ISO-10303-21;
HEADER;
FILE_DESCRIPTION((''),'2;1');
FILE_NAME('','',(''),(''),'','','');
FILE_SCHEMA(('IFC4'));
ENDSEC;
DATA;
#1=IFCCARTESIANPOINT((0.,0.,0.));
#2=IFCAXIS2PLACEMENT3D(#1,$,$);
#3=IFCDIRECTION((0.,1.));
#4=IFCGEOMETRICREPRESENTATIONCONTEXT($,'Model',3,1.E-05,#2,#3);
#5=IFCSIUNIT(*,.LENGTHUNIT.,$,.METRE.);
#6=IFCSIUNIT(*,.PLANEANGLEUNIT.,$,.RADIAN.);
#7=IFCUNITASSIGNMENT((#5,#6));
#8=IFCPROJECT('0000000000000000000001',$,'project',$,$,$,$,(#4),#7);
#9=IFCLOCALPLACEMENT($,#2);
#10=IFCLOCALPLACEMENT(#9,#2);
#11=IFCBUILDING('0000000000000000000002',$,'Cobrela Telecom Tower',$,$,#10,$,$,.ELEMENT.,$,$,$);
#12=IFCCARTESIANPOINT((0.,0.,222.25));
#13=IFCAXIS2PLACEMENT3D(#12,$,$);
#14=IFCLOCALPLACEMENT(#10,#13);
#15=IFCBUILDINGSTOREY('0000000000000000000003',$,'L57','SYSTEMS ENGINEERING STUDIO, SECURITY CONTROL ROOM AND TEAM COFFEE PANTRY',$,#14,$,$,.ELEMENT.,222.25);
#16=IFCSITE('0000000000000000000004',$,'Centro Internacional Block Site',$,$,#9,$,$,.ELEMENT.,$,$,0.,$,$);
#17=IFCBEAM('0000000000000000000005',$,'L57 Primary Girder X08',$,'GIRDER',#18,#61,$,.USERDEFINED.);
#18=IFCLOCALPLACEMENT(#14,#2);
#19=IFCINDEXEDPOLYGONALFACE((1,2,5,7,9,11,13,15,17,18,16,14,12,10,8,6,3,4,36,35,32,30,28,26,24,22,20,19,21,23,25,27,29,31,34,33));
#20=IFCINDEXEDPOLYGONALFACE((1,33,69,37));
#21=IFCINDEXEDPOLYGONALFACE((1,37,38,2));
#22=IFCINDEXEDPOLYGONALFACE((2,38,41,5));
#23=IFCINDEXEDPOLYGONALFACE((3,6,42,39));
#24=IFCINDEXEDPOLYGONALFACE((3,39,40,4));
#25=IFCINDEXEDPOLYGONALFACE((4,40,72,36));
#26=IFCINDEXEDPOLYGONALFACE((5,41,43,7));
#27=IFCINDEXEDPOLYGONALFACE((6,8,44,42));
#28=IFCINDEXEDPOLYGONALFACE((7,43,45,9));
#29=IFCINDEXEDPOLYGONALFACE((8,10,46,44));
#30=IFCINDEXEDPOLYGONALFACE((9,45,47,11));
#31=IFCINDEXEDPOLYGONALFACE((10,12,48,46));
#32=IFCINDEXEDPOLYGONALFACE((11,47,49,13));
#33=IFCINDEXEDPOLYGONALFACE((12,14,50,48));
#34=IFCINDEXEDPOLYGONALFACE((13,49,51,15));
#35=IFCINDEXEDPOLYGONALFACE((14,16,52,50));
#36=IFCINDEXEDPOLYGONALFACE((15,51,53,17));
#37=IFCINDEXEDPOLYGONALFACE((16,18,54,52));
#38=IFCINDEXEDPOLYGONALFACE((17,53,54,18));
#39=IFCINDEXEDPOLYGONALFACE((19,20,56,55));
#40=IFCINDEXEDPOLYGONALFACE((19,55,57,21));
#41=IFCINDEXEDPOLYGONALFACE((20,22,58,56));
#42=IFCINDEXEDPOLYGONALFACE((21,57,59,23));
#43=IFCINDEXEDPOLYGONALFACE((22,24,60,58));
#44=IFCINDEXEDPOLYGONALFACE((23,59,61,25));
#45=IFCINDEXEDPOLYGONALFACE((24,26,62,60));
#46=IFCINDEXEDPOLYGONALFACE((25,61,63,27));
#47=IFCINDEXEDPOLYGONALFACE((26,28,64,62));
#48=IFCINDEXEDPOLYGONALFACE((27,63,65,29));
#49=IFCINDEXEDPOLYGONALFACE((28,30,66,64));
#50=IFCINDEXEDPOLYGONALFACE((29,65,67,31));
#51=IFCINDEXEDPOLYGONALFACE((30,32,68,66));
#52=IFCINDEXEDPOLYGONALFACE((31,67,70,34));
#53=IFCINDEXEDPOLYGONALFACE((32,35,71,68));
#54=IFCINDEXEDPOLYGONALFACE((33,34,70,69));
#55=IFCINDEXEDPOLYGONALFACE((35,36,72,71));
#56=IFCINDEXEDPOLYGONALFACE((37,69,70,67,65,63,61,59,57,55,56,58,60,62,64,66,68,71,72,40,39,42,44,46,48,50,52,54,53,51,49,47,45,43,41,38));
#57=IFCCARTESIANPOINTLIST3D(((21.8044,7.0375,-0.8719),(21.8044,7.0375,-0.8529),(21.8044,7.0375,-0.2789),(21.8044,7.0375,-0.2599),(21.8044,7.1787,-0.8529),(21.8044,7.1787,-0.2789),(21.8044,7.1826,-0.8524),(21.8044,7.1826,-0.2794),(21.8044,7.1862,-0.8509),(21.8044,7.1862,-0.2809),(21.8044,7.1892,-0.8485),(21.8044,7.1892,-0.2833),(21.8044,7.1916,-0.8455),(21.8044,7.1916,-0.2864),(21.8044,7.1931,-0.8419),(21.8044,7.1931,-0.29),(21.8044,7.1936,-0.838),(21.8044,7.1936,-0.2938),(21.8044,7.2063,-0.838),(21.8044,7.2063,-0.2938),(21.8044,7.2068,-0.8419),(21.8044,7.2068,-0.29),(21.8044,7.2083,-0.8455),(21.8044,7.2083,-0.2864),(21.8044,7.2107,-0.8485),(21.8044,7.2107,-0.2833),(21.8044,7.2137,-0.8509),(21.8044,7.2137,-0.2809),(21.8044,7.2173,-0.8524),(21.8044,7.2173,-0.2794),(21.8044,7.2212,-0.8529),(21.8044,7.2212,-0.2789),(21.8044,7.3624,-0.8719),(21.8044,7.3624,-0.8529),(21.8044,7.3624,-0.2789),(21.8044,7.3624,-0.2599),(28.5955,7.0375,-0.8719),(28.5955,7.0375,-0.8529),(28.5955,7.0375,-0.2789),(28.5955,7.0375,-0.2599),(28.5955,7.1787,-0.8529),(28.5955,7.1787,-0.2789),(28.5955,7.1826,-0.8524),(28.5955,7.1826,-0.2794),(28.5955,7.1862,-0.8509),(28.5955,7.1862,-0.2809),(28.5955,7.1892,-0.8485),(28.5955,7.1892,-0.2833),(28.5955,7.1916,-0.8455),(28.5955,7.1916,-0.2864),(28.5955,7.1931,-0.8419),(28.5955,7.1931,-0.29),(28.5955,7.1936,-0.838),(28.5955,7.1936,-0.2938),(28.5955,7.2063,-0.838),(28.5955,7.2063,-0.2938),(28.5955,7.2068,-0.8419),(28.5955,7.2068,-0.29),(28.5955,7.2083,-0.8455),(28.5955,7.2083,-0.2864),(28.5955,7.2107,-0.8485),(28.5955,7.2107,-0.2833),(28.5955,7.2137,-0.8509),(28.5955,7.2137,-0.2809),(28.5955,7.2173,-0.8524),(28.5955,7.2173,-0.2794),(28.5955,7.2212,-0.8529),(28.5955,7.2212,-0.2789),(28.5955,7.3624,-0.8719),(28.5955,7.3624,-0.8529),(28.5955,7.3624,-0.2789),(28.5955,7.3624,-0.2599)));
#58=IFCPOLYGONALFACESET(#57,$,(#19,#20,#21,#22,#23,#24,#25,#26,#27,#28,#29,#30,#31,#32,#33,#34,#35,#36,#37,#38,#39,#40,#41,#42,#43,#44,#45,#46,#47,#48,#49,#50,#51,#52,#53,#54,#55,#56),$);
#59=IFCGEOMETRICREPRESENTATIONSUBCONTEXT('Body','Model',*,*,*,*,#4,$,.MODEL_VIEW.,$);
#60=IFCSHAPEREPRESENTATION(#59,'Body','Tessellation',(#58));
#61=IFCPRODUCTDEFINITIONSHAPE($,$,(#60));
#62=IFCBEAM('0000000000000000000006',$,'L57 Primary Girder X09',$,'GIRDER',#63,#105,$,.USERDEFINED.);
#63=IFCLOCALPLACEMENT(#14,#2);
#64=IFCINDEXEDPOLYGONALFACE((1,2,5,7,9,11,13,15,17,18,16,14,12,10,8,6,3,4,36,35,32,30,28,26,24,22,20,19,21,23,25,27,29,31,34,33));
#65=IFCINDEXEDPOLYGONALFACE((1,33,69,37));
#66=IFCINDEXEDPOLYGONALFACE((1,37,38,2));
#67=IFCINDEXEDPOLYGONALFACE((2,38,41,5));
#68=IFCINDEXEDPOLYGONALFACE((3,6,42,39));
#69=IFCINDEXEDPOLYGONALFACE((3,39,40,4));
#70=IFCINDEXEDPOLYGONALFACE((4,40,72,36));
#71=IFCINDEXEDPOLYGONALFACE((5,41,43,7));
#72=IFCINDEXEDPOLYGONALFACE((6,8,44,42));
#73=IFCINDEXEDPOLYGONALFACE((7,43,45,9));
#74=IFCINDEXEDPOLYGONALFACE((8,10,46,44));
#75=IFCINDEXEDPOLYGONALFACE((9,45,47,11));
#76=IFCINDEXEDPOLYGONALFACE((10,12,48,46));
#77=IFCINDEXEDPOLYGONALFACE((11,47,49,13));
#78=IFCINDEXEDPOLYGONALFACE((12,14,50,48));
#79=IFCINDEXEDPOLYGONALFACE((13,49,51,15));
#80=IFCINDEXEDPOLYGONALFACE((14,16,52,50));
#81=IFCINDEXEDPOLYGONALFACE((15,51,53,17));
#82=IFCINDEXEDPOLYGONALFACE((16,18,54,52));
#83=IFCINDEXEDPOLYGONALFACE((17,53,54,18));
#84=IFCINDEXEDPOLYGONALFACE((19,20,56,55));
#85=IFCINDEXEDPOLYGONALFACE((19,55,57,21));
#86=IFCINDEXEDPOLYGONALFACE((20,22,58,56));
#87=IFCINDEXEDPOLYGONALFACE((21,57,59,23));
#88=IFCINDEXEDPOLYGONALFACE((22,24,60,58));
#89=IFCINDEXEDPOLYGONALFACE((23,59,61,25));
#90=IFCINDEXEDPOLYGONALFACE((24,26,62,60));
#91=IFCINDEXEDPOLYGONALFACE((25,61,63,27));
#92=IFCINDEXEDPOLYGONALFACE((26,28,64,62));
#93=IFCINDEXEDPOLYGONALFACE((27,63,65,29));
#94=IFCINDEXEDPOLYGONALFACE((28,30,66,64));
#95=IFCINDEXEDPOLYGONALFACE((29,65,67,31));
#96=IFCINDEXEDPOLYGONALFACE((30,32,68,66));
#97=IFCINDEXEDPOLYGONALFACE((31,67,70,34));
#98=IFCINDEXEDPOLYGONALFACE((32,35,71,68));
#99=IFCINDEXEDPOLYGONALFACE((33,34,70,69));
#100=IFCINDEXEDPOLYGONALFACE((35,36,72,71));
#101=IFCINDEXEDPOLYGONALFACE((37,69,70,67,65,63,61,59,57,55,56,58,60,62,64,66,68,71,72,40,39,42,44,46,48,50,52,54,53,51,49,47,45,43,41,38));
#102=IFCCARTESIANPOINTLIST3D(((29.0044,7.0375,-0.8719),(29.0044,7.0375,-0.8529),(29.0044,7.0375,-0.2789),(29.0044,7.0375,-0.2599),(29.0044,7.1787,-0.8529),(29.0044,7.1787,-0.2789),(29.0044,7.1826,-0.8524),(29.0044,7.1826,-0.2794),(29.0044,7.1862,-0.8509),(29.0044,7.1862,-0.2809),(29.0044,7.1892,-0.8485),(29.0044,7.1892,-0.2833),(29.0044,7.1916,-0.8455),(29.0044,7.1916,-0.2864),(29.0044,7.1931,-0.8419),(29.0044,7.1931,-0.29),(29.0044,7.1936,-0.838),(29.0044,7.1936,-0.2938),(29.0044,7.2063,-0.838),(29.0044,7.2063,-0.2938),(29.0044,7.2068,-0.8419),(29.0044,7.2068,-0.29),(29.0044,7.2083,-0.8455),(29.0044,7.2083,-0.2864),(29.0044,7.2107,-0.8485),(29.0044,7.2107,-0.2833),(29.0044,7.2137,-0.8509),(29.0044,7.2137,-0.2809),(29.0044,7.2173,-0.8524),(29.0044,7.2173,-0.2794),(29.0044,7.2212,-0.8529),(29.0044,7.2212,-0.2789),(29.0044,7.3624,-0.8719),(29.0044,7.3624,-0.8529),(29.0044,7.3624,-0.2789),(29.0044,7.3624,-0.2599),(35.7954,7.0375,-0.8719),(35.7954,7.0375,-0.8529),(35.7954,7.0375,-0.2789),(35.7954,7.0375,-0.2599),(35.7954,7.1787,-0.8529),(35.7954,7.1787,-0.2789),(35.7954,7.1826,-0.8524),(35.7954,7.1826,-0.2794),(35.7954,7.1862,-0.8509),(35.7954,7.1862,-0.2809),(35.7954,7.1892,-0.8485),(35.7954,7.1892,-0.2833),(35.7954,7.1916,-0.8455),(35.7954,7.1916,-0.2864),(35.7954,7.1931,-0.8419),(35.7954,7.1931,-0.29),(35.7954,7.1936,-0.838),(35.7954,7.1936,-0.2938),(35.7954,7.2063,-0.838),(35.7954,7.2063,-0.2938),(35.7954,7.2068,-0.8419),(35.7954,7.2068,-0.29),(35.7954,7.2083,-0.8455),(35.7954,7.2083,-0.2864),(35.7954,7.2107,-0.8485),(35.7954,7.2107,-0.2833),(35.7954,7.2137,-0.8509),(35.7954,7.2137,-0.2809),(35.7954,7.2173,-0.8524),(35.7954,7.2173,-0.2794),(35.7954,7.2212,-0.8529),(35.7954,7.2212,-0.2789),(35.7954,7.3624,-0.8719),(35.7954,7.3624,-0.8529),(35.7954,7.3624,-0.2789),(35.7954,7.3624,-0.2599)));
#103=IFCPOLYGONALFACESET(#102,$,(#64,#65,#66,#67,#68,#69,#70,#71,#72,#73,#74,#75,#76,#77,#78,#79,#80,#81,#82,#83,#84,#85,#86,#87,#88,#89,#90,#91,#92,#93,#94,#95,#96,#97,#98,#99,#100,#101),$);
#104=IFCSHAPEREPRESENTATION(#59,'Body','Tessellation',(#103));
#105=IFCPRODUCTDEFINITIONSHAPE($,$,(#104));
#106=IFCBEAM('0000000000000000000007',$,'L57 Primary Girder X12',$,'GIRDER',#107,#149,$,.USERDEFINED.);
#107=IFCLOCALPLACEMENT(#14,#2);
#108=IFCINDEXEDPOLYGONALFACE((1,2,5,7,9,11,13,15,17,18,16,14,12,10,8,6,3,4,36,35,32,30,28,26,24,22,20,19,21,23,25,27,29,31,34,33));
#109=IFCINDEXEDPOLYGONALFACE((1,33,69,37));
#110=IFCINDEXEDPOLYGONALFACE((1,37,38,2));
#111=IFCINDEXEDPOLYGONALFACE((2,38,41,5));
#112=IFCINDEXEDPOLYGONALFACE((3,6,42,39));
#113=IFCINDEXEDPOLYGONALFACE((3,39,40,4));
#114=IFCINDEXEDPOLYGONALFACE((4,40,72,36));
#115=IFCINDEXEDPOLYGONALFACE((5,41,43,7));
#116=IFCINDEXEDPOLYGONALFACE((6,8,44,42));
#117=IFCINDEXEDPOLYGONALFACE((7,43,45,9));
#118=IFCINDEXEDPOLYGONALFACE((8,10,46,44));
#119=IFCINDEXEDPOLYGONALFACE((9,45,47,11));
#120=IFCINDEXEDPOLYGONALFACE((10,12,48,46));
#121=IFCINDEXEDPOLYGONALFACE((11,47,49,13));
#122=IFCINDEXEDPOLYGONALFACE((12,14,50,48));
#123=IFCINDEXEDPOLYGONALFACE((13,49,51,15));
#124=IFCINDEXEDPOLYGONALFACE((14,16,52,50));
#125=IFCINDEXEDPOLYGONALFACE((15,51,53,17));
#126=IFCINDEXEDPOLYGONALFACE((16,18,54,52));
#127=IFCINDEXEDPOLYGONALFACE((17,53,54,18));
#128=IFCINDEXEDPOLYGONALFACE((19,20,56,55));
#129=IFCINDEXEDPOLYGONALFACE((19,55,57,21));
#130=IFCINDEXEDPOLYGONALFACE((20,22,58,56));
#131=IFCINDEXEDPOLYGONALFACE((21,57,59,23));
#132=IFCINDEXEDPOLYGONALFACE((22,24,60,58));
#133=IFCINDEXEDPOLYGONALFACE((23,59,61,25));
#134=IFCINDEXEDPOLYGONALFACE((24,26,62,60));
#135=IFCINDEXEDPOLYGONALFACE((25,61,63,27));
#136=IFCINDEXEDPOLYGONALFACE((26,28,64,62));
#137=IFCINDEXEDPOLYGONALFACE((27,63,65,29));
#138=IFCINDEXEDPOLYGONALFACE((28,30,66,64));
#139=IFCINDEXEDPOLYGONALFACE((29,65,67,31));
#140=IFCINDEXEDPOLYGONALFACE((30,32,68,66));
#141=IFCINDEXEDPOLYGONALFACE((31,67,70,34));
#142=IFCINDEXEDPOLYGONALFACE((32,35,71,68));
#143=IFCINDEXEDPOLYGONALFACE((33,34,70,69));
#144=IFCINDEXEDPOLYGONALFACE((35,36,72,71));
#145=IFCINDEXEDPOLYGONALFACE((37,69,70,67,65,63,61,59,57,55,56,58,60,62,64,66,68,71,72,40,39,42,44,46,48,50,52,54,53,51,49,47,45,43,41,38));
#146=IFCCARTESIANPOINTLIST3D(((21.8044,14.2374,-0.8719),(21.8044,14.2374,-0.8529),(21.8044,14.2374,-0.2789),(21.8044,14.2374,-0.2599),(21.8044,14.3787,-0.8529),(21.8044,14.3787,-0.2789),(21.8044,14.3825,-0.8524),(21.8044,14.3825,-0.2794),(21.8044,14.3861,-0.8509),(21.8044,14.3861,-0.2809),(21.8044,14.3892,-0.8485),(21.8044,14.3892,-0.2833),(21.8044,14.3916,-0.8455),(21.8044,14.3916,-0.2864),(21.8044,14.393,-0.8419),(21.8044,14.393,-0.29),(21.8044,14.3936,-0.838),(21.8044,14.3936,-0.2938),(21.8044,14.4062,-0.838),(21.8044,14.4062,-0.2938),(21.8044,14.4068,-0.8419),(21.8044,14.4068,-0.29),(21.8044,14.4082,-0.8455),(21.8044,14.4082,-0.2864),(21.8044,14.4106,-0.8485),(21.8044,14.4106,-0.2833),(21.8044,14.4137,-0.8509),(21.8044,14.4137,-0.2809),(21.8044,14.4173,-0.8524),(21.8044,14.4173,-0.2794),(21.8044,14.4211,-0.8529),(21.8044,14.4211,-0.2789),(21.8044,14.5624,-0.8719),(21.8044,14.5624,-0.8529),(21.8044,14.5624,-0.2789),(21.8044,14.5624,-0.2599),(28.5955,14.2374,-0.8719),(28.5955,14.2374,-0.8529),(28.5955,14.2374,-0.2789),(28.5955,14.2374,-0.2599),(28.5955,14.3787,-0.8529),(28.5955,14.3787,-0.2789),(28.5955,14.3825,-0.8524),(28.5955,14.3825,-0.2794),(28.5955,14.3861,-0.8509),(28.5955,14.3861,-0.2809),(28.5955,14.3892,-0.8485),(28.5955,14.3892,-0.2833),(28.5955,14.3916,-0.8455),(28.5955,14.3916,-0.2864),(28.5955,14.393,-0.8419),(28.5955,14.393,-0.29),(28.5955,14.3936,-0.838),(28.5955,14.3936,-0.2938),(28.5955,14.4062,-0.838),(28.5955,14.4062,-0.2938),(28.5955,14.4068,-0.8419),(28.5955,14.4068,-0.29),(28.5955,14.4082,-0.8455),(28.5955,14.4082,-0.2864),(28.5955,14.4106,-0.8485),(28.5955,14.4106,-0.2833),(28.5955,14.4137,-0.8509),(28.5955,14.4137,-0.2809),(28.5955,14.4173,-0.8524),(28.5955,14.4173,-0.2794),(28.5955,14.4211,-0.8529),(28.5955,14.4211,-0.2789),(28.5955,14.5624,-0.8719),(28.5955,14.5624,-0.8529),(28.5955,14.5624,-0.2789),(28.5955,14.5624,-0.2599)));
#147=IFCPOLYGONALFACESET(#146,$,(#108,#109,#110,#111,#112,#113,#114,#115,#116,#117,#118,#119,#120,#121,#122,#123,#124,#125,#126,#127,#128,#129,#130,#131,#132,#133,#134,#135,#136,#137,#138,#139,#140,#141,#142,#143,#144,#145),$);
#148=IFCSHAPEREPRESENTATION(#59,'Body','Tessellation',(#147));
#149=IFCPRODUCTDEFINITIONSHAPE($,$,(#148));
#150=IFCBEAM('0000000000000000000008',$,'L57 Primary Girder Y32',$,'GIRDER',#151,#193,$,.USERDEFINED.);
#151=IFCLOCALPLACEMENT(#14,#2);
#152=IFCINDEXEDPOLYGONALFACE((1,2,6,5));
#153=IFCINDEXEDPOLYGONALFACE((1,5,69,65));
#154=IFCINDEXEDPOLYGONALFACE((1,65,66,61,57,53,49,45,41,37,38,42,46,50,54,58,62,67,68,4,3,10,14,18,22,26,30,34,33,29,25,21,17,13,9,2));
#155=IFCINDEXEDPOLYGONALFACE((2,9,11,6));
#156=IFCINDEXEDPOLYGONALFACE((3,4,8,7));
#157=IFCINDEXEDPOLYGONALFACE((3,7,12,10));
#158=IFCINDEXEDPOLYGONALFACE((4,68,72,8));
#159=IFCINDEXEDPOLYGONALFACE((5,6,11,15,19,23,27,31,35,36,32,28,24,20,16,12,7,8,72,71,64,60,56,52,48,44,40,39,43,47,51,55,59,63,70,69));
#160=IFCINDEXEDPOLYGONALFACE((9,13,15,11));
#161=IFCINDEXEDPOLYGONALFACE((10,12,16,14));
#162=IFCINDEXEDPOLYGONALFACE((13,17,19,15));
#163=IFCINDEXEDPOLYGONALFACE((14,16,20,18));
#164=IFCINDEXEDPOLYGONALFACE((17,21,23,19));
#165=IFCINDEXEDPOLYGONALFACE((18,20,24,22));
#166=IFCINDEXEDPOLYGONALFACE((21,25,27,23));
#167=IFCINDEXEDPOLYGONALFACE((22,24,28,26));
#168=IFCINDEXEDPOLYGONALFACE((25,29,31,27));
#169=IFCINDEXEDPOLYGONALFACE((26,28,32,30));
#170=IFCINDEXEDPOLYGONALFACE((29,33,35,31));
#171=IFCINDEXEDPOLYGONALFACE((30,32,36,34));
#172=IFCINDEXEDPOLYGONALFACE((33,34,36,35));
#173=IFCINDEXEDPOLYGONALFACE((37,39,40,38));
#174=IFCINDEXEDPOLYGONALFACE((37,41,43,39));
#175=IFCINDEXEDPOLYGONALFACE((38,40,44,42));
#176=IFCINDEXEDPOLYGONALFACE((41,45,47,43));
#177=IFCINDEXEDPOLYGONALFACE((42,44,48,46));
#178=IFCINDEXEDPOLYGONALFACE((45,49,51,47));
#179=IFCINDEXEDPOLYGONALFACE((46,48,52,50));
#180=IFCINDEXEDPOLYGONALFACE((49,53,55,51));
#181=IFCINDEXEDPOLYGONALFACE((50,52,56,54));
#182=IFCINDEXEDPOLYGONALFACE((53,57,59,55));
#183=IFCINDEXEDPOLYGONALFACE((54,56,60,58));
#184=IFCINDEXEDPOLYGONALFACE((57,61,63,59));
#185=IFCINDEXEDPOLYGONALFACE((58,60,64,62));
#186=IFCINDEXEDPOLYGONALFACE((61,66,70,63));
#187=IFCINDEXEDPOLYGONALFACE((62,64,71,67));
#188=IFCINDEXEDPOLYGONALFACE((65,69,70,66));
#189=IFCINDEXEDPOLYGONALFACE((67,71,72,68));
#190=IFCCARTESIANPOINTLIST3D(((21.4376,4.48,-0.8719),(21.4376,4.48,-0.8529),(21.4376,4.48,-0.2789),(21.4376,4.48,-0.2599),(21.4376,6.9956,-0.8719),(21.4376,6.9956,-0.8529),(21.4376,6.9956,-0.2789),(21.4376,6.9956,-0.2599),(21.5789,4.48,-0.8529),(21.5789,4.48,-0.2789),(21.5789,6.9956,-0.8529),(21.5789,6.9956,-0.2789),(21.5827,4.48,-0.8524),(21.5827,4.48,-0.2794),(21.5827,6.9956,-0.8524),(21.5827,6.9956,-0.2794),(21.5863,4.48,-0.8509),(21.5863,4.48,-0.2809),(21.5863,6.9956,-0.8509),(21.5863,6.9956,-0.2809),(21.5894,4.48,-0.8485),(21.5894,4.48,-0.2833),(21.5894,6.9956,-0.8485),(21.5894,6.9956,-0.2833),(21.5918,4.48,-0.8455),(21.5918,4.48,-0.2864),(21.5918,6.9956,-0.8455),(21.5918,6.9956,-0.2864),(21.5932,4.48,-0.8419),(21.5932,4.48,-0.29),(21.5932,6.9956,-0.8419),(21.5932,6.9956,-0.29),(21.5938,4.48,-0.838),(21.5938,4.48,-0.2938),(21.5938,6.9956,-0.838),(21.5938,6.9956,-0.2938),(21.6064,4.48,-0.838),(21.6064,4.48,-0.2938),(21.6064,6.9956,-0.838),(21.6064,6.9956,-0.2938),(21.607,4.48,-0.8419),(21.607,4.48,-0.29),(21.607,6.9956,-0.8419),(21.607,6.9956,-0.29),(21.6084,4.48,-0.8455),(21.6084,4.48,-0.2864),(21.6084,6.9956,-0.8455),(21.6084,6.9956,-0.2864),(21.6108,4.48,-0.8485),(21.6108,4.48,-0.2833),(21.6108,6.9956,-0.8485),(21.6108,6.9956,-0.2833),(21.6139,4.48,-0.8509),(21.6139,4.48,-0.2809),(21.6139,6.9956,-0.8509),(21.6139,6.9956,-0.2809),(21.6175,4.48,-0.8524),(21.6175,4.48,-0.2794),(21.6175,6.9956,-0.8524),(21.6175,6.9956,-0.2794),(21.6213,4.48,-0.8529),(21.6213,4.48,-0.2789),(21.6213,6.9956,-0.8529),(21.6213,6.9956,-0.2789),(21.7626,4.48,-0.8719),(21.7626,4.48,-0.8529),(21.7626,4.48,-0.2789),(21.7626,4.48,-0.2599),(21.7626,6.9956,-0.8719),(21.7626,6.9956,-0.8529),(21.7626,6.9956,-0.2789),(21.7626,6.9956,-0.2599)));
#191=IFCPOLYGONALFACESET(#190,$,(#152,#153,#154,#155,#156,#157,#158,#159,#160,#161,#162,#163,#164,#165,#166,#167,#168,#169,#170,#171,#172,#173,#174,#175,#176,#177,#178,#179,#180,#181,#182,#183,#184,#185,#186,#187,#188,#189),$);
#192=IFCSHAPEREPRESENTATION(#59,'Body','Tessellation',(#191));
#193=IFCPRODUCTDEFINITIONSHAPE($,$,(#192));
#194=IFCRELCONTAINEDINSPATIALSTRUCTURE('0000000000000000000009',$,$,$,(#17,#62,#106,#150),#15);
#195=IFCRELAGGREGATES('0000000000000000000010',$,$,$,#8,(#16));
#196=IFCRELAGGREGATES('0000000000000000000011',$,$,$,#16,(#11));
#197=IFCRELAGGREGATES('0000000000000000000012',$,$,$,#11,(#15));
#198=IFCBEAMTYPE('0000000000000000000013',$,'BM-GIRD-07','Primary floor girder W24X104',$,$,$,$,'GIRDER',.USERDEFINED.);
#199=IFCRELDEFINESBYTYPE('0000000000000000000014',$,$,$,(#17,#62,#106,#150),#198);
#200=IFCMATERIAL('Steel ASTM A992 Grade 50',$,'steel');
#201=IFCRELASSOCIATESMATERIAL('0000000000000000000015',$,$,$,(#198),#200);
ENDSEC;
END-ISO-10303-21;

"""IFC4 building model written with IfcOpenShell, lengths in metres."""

from ifc_helpers import new_model, si_unit, direction, frame, origin, origin_2d, place, context, subcontext, project, spatial, i_section, extrude, material, material_profile, profile_set, type_object, element, save


model = new_model("IFC4")

# Units and contexts
model_context = context("Model", 3, precision=1e-05, world=origin(), true_north=direction((0.0, 1.0)))
body_context = subcontext(model_context, "Body", "Model", "MODEL_VIEW")
ifc_project = project(units=[si_unit("LENGTHUNIT", "METRE"), si_unit("PLANEANGLEUNIT", "RADIAN")], contexts=[model_context])

# Site, building, storey
site_placement = place(None, origin())
site = spatial("IfcSite", under=ifc_project, at=site_placement, Name="Centro Internacional Block Site", CompositionType="ELEMENT", RefElevation=0.0)
building_placement = place(site_placement, origin())
building = spatial("IfcBuilding", under=site, at=building_placement, Name="Cobrela Telecom Tower", CompositionType="ELEMENT")
storey_placement = place(building_placement, frame((0.0, 0.0, 222.25)))
storey = spatial("IfcBuildingStorey", under=building, at=storey_placement, Name="L57", Description="SYSTEMS ENGINEERING STUDIO, SECURITY CONTROL ROOM AND TEAM COFFEE PANTRY", CompositionType="ELEMENT", Elevation=222.25)

# Shared definitions
ifc_material_1 = material(Name="Steel ASTM A992 Grade 50", Category="steel")

# Beams
ifc_material_profile_1 = material_profile(ifc_material_1, i_section(OverallWidth=0.325, OverallDepth=0.6121, WebThickness=0.0127, FlangeThickness=0.019, FilletRadius=0.0149, at=origin_2d()), Name="W24X104")
ifc_profile_set_1 = profile_set([ifc_material_profile_1], Name="Steel ASTM A992 Grade 50")
beam_type_1 = type_object("IfcBeamType", Name="BM-GIRD-07", Description="Primary floor girder W24X104", ElementType="GIRDER", PredefinedType="USERDEFINED", material=ifc_profile_set_1)
for number, where, z_axis, x_axis, name in (
    (1, (21.8044, 7.2, -0.5659), (1.0, 0.0, 0.0), (0.0, 1.0, 0.0), "L57 Primary Girder X08"),
    (2, (29.0044, 7.2, -0.5659), (1.0, 0.0, 0.0), (0.0, 1.0, 0.0), "L57 Primary Girder X09"),
    (3, (21.8044, 14.3999, -0.5659), (1.0, 0.0, 0.0), (0.0, 1.0, 0.0), "L57 Primary Girder X12"),
):
    element("IfcBeam", number, at=place(storey_placement, frame(where, z_axis=z_axis, x_axis=x_axis)), inside=storey, type_object=beam_type_1, Name=name, ObjectType="GIRDER", PredefinedType="USERDEFINED", context=body_context, shape_type="SweptSolid", body=[
        extrude(i_section(OverallWidth=0.325, OverallDepth=0.6121, WebThickness=0.0127, FlangeThickness=0.019, FilletRadius=0.0149, at=origin_2d()), origin(), (0.0, 0.0, 1.0), 6.791),
    ])
beam_1_placement = place(storey_placement, frame((21.6001, 4.48, -0.5659), z_axis=(0.0, 1.0, 0.0), x_axis=(-1.0, 0.0, 0.0)))
element("IfcBeam", 4, at=beam_1_placement, inside=storey, type_object=beam_type_1, Name="L57 Primary Girder Y32", ObjectType="GIRDER", PredefinedType="USERDEFINED", context=body_context, shape_type="SweptSolid", body=[
    extrude(i_section(OverallWidth=0.325, OverallDepth=0.6121, WebThickness=0.0127, FlangeThickness=0.019, FilletRadius=0.0149, at=origin_2d()), origin(), (0.0, 0.0, 1.0), 2.5156),
])

save(model, "model.ifc")
